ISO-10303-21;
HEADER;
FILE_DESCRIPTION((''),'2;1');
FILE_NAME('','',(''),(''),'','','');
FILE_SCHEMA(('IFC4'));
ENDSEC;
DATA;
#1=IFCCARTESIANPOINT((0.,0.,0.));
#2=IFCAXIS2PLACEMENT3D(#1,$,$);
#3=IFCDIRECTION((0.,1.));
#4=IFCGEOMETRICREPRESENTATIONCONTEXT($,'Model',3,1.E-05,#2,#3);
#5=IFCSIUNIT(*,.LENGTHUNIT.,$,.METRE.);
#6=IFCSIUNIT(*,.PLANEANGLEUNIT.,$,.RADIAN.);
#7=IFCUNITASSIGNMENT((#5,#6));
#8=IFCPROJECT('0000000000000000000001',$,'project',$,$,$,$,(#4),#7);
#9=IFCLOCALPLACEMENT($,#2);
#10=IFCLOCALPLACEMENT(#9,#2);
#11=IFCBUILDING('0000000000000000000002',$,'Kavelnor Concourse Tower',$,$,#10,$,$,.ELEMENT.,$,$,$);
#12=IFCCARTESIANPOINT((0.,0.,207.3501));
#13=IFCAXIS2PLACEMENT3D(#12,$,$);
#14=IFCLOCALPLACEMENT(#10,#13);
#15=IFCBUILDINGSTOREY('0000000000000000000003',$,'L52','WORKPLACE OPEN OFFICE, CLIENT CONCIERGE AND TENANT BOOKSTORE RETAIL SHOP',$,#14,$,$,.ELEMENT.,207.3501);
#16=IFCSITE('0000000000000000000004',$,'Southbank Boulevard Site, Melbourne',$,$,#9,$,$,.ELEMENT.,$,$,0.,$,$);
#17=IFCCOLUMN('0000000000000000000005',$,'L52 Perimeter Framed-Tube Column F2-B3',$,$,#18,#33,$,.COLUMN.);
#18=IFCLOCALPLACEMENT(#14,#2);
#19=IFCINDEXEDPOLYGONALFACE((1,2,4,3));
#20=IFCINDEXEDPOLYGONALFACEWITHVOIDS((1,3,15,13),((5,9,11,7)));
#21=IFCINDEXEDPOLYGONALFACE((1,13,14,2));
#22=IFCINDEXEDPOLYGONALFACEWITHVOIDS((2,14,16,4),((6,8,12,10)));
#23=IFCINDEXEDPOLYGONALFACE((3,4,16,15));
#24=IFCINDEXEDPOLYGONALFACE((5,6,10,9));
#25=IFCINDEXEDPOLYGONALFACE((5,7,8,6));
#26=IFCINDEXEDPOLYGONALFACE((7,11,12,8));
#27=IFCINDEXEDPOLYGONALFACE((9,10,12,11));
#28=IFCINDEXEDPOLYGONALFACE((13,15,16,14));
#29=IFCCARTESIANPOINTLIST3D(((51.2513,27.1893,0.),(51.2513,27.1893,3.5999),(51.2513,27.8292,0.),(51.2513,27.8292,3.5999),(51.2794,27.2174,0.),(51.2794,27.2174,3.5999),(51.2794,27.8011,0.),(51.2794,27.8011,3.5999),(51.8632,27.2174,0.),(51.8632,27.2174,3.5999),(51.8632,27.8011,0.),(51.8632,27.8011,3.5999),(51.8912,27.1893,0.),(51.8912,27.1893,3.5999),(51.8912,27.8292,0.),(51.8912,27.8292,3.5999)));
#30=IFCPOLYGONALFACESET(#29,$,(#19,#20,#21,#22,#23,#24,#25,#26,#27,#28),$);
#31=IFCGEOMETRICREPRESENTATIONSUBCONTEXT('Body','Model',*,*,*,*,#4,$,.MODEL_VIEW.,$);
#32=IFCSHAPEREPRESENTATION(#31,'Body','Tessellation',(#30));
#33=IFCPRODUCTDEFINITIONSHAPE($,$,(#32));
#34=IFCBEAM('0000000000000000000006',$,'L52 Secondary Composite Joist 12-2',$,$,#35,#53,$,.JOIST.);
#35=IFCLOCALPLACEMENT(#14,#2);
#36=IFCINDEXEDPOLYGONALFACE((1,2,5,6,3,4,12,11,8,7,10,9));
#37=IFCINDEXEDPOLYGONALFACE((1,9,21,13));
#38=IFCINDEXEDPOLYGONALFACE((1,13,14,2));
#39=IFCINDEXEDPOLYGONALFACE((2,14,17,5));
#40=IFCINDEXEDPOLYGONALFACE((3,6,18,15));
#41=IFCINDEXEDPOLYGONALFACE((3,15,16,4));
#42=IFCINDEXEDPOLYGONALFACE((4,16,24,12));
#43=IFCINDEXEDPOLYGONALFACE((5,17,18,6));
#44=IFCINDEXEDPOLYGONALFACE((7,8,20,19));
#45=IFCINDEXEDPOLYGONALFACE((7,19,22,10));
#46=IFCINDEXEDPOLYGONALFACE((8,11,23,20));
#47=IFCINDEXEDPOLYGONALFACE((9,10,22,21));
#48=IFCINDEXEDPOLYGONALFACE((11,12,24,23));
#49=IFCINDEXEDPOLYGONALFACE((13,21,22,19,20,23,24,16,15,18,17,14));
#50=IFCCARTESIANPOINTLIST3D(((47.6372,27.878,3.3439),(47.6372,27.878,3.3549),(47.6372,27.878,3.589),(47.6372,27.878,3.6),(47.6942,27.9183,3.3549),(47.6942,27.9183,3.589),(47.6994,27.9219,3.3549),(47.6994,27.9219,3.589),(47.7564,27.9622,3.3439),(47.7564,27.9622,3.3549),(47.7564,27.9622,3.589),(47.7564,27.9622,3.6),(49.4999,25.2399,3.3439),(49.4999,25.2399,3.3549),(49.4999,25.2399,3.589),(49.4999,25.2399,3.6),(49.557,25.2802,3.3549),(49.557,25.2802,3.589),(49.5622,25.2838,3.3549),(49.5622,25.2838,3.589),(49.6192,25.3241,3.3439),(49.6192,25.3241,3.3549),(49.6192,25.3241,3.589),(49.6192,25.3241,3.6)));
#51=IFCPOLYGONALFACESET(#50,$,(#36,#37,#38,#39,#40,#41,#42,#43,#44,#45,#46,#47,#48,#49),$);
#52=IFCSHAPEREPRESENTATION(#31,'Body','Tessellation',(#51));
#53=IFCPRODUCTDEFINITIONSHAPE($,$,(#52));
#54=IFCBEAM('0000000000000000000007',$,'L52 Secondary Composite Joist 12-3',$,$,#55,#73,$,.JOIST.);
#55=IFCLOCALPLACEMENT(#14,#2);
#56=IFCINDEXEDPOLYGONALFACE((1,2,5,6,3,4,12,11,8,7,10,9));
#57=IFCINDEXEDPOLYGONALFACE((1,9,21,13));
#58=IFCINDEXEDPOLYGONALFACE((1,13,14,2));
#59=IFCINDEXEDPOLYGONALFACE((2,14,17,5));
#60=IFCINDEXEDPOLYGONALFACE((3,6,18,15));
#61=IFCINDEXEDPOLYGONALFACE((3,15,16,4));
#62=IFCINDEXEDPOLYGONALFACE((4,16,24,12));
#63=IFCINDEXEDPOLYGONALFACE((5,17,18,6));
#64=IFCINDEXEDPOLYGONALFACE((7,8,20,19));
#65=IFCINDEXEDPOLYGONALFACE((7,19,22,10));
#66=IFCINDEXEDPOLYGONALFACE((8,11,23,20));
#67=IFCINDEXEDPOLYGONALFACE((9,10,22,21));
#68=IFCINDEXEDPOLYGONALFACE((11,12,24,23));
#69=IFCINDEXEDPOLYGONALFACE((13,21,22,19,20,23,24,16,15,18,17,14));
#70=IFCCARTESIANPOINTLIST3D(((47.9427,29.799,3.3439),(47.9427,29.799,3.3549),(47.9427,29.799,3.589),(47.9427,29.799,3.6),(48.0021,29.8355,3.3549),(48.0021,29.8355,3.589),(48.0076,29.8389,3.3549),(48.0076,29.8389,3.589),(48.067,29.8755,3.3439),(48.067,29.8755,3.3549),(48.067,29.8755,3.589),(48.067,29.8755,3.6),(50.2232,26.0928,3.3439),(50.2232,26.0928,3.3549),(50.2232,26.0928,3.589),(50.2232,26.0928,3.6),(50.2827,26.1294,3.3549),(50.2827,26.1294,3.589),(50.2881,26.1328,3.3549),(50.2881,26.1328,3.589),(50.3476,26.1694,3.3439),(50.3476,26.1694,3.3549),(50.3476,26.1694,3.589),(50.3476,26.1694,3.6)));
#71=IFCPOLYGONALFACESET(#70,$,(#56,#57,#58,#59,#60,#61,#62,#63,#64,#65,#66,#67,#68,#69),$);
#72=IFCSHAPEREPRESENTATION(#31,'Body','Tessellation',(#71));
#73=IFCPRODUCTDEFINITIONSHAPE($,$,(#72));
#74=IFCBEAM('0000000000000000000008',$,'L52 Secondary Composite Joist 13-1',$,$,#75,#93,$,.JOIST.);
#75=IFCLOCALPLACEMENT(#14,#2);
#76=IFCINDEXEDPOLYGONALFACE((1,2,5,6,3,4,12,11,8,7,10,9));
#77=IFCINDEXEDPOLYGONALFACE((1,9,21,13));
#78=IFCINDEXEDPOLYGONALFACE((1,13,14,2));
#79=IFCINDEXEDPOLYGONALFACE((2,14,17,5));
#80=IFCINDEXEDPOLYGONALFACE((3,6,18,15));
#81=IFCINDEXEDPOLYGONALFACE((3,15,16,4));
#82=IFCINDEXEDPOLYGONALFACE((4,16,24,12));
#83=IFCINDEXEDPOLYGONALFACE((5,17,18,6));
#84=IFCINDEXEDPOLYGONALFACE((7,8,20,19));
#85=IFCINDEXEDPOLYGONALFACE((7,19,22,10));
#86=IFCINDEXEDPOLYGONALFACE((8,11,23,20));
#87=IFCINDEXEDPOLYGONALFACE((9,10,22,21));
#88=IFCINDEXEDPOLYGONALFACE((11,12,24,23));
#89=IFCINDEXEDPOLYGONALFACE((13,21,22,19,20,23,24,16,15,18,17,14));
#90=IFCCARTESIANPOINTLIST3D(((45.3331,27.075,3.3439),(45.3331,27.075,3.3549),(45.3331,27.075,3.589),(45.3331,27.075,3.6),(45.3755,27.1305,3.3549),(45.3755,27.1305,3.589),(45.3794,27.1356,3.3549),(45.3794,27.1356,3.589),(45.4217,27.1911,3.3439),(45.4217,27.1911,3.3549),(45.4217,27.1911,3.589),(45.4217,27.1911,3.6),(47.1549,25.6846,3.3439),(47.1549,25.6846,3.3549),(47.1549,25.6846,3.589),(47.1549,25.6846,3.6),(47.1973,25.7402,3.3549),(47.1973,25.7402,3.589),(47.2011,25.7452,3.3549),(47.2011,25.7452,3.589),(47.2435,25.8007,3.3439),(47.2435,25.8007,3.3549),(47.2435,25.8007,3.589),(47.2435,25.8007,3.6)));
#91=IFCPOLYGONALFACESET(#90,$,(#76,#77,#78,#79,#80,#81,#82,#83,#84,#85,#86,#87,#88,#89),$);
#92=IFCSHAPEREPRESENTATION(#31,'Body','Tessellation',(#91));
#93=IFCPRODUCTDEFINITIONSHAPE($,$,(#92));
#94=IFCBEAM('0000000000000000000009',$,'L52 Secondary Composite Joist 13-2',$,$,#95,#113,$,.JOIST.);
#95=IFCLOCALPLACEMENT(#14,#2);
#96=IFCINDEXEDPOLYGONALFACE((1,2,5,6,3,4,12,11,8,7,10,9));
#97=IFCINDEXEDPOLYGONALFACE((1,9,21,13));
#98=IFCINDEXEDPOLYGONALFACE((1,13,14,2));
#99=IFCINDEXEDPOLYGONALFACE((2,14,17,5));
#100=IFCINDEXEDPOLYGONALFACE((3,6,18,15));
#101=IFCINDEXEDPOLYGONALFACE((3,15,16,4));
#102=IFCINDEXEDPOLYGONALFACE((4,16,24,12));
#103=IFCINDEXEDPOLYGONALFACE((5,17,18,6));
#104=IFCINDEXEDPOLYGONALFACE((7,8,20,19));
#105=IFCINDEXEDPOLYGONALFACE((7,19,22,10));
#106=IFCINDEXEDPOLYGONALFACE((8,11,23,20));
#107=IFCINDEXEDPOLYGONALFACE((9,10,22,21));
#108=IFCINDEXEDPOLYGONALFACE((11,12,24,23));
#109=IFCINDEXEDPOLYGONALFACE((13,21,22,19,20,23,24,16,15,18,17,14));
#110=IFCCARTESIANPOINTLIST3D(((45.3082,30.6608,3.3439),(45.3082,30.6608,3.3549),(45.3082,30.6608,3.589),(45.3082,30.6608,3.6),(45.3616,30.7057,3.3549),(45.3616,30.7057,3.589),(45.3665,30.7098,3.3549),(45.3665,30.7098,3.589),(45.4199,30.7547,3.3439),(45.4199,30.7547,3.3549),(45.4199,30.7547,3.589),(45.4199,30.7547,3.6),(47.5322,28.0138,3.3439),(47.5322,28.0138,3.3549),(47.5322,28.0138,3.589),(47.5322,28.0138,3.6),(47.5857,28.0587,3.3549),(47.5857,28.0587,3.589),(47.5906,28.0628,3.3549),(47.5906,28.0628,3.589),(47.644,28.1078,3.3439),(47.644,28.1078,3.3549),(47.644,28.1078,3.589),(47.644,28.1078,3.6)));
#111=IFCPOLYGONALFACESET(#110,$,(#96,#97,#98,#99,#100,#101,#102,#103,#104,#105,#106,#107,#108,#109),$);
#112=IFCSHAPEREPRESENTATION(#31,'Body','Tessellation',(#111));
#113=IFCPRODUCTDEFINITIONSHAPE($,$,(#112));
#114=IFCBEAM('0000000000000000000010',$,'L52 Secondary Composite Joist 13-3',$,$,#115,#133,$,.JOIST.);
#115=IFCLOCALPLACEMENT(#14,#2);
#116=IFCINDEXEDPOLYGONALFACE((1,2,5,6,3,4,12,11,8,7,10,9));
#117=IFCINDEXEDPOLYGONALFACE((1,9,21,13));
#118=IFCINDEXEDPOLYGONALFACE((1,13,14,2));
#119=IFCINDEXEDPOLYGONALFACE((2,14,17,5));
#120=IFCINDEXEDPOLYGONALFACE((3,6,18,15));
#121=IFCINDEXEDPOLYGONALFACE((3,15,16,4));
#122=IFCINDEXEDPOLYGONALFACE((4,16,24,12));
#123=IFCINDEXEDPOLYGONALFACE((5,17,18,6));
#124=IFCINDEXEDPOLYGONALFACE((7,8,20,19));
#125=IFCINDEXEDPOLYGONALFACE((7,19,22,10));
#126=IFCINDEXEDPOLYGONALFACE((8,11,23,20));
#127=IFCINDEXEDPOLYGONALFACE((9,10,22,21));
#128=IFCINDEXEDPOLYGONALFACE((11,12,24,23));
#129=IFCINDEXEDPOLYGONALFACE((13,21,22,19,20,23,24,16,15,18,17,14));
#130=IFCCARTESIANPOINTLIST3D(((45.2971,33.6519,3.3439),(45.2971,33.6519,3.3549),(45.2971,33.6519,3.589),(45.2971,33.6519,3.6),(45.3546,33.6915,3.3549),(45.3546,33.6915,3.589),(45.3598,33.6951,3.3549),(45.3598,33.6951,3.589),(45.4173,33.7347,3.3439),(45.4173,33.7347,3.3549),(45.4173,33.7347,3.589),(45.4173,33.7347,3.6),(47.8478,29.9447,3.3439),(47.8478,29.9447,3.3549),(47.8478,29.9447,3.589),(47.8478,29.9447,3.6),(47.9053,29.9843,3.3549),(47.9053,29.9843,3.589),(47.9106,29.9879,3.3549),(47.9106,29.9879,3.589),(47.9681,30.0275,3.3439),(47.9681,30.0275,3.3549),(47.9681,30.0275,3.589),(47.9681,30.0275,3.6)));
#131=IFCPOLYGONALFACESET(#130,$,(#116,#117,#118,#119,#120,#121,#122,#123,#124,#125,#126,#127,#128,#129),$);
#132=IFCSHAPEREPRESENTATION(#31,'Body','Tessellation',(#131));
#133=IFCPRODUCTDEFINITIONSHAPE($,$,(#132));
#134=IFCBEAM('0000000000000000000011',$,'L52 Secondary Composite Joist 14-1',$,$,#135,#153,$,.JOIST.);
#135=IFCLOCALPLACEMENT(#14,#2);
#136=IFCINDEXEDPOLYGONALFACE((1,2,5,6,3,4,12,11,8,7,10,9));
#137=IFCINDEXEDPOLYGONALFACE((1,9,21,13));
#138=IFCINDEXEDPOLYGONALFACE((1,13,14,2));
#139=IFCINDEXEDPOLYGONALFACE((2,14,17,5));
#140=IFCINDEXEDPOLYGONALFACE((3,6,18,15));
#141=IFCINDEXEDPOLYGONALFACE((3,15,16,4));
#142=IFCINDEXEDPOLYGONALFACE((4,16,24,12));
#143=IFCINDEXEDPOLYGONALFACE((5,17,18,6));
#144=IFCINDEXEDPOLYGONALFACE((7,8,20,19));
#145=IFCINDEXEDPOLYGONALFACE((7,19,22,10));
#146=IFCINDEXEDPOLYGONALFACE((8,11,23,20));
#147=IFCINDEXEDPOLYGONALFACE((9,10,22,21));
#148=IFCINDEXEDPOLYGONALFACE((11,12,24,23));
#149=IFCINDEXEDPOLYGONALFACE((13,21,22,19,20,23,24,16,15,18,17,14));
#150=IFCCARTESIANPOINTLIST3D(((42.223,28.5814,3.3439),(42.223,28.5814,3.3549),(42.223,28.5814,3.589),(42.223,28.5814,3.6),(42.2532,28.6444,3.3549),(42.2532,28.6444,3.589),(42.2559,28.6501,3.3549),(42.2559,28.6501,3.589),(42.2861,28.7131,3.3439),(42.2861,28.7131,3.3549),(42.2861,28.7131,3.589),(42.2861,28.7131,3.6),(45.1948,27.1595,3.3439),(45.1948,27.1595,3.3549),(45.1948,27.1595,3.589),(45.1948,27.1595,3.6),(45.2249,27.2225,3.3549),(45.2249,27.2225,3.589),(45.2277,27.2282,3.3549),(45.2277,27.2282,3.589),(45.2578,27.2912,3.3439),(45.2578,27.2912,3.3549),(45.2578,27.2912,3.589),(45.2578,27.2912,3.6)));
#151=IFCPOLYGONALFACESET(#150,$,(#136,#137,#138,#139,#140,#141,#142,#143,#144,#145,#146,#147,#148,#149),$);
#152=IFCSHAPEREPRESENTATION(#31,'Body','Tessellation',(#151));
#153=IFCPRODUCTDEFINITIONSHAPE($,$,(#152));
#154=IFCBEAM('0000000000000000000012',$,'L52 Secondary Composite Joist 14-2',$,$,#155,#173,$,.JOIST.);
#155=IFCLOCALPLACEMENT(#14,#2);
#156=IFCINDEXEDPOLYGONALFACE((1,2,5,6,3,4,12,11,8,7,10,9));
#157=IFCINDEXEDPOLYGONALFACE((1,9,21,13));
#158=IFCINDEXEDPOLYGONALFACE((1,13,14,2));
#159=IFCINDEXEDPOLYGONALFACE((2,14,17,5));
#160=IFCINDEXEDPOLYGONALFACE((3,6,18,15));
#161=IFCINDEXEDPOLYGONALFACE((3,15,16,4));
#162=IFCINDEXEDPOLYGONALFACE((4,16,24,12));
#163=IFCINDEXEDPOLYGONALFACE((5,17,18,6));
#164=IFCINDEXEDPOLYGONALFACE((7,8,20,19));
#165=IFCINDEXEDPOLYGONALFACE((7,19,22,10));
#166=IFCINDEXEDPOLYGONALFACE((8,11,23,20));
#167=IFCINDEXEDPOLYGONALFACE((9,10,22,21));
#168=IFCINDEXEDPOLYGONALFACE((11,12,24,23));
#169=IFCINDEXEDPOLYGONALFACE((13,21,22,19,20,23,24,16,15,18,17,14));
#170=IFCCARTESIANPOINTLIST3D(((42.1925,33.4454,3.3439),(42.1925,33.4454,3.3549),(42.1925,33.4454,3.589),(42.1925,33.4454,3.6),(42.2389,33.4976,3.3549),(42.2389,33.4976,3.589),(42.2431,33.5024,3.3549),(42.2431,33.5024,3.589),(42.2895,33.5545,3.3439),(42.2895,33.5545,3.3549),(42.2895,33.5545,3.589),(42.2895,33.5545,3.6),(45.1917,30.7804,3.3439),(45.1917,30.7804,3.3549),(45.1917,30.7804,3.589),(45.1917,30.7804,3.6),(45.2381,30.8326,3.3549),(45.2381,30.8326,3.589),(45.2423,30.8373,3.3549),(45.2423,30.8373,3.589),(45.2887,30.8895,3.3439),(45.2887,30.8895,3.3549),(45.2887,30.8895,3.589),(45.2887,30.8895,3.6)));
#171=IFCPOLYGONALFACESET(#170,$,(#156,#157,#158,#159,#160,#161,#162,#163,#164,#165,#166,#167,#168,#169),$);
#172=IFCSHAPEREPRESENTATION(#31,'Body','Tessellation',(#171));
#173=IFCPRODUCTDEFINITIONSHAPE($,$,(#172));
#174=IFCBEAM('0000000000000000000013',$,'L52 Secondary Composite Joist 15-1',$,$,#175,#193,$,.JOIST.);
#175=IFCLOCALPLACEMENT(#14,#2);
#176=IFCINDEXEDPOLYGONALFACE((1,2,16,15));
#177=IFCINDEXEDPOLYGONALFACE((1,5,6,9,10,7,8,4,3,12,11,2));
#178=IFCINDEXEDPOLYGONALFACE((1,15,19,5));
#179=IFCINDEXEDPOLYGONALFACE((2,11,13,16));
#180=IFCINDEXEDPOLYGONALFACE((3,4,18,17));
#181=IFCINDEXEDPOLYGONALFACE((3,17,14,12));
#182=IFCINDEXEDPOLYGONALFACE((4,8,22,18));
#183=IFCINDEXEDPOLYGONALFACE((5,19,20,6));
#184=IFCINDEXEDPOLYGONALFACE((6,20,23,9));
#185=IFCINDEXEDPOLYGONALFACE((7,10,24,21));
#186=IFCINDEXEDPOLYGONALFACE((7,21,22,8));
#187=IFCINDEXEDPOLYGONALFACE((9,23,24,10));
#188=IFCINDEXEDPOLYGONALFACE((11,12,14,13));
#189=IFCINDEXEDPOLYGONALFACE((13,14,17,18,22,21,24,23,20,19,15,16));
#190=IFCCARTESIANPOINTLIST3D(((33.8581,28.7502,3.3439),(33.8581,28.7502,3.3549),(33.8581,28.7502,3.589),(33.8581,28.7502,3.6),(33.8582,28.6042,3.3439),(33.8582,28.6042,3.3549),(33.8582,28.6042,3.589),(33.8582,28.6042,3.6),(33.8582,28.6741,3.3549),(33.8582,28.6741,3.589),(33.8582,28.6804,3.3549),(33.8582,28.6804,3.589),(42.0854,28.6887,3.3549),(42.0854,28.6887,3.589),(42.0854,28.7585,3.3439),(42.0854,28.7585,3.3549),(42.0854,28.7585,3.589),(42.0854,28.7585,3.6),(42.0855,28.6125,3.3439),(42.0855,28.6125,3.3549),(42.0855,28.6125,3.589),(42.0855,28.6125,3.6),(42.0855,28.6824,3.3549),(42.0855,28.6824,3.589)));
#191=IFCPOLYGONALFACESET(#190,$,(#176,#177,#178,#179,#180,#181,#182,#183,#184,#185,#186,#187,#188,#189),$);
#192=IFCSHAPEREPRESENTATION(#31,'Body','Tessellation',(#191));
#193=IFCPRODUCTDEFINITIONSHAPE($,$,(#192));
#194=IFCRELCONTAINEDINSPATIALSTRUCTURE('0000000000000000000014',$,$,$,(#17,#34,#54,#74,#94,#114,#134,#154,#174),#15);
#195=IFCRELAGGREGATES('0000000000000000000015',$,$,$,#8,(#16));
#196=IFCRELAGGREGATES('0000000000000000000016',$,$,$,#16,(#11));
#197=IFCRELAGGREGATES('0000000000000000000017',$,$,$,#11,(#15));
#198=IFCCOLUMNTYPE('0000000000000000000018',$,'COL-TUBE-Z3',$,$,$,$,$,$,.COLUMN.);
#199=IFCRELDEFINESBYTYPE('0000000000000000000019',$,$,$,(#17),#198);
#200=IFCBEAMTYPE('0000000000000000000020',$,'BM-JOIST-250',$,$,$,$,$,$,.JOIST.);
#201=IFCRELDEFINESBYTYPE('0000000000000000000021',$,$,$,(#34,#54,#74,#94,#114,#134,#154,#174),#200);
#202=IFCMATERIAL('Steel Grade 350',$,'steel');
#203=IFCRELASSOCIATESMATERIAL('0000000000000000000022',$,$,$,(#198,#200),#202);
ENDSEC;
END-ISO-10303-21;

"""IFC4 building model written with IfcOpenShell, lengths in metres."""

from ifc_helpers import new_model, si_unit, direction, frame, origin, origin_2d, place, context, subcontext, project, spatial, hollow_rectangle, i_section, extrude, material, material_profile, profile_set, type_object, element, save


model = new_model("IFC4")

# Units and contexts
model_context = context("Model", 3, precision=1e-05, world=origin(), true_north=direction((0.0, 1.0)))
body_context = subcontext(model_context, "Body", "Model", "MODEL_VIEW")
ifc_project = project(units=[si_unit("LENGTHUNIT", "METRE"), si_unit("PLANEANGLEUNIT", "RADIAN")], contexts=[model_context])

# Site, building, storey
site_placement = place(None, origin())
site = spatial("IfcSite", under=ifc_project, at=site_placement, Name="Southbank Boulevard Site, Melbourne", CompositionType="ELEMENT", RefElevation=0.0)
building_placement = place(site_placement, origin())
building = spatial("IfcBuilding", under=site, at=building_placement, Name="Kavelnor Concourse Tower", CompositionType="ELEMENT")
storey_placement = place(building_placement, frame((0.0, 0.0, 207.3501)))
storey = spatial("IfcBuildingStorey", under=building, at=storey_placement, Name="L52", Description="WORKPLACE OPEN OFFICE, CLIENT CONCIERGE AND TENANT BOOKSTORE RETAIL SHOP", CompositionType="ELEMENT", Elevation=207.3501)

# Column
ifc_material_1 = material(Name="Steel Grade 350", Category="steel")
ifc_material_profile_1 = material_profile(ifc_material_1, hollow_rectangle(XDim=0.6399, YDim=0.6399, WallThickness=0.0281, at=origin_2d()), Name="SHS 640x640x28")
ifc_profile_set_1 = profile_set([ifc_material_profile_1], Name="Steel Grade 350")
column_type = type_object("IfcColumnType", Name="COL-TUBE-Z3", PredefinedType="COLUMN", material=ifc_profile_set_1)
column_placement = place(storey_placement, frame((51.5713, 27.5093, 0.0), z_axis=(0.0, 0.0, 1.0), x_axis=(1.0, 0.0, 0.0)))
element("IfcColumn", 1, at=column_placement, inside=storey, type_object=column_type, Name="L52 Perimeter Framed-Tube Column F2-B3", PredefinedType="COLUMN", context=body_context, shape_type="SweptSolid", body=[
    extrude(hollow_rectangle(XDim=0.6399, YDim=0.6399, WallThickness=0.0281, at=origin_2d()), origin(), (0.0, 0.0, 1.0), 3.5999),
])

# Beams
ifc_material_profile_2 = material_profile(ifc_material_1, i_section(OverallWidth=0.146, OverallDepth=0.2561, WebThickness=0.0063, FlangeThickness=0.011, at=origin_2d()), Name="250UB37")
ifc_profile_set_2 = profile_set([ifc_material_profile_2], Name="Steel Grade 350")
beam_type_1 = type_object("IfcBeamType", Name="BM-JOIST-250", PredefinedType="JOIST", material=ifc_profile_set_2)
beam_1_placement = place(storey_placement, frame((49.5596, 25.282, 3.4719), z_axis=(-0.576796, 0.816888, 0.0), x_axis=(-0.816888, -0.576796, 0.0)))
element("IfcBeam", 2, at=beam_1_placement, inside=storey, type_object=beam_type_1, Name="L52 Secondary Composite Joist 12-2", PredefinedType="JOIST", context=body_context, shape_type="SweptSolid", body=[
    extrude(i_section(OverallWidth=0.146, OverallDepth=0.2561, WebThickness=0.0063, FlangeThickness=0.011, at=origin_2d()), origin(), (0.0, 0.0, 1.0), 3.2295),
])
beam_2_placement = place(storey_placement, frame((50.2854, 26.1311, 3.4719), z_axis=(-0.524076, 0.851672, 0.0), x_axis=(-0.851672, -0.524076, 0.0)))
element("IfcBeam", 3, at=beam_2_placement, inside=storey, type_object=beam_type_1, Name="L52 Secondary Composite Joist 12-3", PredefinedType="JOIST", context=body_context, shape_type="SweptSolid", body=[
    extrude(i_section(OverallWidth=0.146, OverallDepth=0.2561, WebThickness=0.0063, FlangeThickness=0.011, at=origin_2d()), origin(), (0.0, 0.0, 1.0), 4.3516),
])
beam_3_placement = place(storey_placement, frame((47.1992, 25.7427, 3.4719), z_axis=(-0.794935, 0.606695, 0.0), x_axis=(-0.606695, -0.794935, 0.0)))
element("IfcBeam", 4, at=beam_3_placement, inside=storey, type_object=beam_type_1, Name="L52 Secondary Composite Joist 13-1", PredefinedType="JOIST", context=body_context, shape_type="SweptSolid", body=[
    extrude(i_section(OverallWidth=0.146, OverallDepth=0.2561, WebThickness=0.0063, FlangeThickness=0.011, at=origin_2d()), origin(), (0.0, 0.0, 1.0), 2.2917),
])
beam_4_placement = place(storey_placement, frame((47.5881, 28.0608, 3.4719), z_axis=(-0.643305, 0.76561, 0.0), x_axis=(-0.76561, -0.643305, 0.0)))
element("IfcBeam", 5, at=beam_4_placement, inside=storey, type_object=beam_type_1, Name="L52 Secondary Composite Joist 13-2", PredefinedType="JOIST", context=body_context, shape_type="SweptSolid", body=[
    extrude(i_section(OverallWidth=0.146, OverallDepth=0.2561, WebThickness=0.0063, FlangeThickness=0.011, at=origin_2d()), origin(), (0.0, 0.0, 1.0), 3.4573),
])
beam_5_placement = place(storey_placement, frame((47.908, 29.9861, 3.4719), z_axis=(-0.566835, 0.823831, 0.0), x_axis=(-0.823831, -0.566835, 0.0)))
element("IfcBeam", 6, at=beam_5_placement, inside=storey, type_object=beam_type_1, Name="L52 Secondary Composite Joist 13-3", PredefinedType="JOIST", context=body_context, shape_type="SweptSolid", body=[
    extrude(i_section(OverallWidth=0.146, OverallDepth=0.2561, WebThickness=0.0063, FlangeThickness=0.011, at=origin_2d()), origin(), (0.0, 0.0, 1.0), 4.5),
])
beam_6_placement = place(storey_placement, frame((45.2263, 27.2253, 3.4719), z_axis=(-0.902059, 0.431613, 0.0), x_axis=(-0.431613, -0.902059, 0.0)))
element("IfcBeam", 7, at=beam_6_placement, inside=storey, type_object=beam_type_1, Name="L52 Secondary Composite Joist 14-1", PredefinedType="JOIST", context=body_context, shape_type="SweptSolid", body=[
    extrude(i_section(OverallWidth=0.146, OverallDepth=0.2561, WebThickness=0.0063, FlangeThickness=0.011, at=origin_2d()), origin(), (0.0, 0.0, 1.0), 3.2944),
])
beam_7_placement = place(storey_placement, frame((45.2402, 30.835, 3.4719), z_axis=(-0.74753, 0.664228, 0.0), x_axis=(-0.664228, -0.74753, 0.0)))
element("IfcBeam", 8, at=beam_7_placement, inside=storey, type_object=beam_type_1, Name="L52 Secondary Composite Joist 14-2", PredefinedType="JOIST", context=body_context, shape_type="SweptSolid", body=[
    extrude(i_section(OverallWidth=0.146, OverallDepth=0.2561, WebThickness=0.0063, FlangeThickness=0.011, at=origin_2d()), origin(), (0.0, 0.0, 1.0), 4.0122),
])
beam_8_placement = place(storey_placement, frame((42.0854, 28.6855, 3.4719), z_axis=(-0.999999, -0.001009, 0.0), x_axis=(0.001009, -0.999999, 0.0)))
element("IfcBeam", 9, at=beam_8_placement, inside=storey, type_object=beam_type_1, Name="L52 Secondary Composite Joist 15-1", PredefinedType="JOIST", context=body_context, shape_type="SweptSolid", body=[
    extrude(i_section(OverallWidth=0.146, OverallDepth=0.2561, WebThickness=0.0063, FlangeThickness=0.011, at=origin_2d()), origin(), (0.0, 0.0, 1.0), 8.2273),
])

save(model, "model.ifc")
